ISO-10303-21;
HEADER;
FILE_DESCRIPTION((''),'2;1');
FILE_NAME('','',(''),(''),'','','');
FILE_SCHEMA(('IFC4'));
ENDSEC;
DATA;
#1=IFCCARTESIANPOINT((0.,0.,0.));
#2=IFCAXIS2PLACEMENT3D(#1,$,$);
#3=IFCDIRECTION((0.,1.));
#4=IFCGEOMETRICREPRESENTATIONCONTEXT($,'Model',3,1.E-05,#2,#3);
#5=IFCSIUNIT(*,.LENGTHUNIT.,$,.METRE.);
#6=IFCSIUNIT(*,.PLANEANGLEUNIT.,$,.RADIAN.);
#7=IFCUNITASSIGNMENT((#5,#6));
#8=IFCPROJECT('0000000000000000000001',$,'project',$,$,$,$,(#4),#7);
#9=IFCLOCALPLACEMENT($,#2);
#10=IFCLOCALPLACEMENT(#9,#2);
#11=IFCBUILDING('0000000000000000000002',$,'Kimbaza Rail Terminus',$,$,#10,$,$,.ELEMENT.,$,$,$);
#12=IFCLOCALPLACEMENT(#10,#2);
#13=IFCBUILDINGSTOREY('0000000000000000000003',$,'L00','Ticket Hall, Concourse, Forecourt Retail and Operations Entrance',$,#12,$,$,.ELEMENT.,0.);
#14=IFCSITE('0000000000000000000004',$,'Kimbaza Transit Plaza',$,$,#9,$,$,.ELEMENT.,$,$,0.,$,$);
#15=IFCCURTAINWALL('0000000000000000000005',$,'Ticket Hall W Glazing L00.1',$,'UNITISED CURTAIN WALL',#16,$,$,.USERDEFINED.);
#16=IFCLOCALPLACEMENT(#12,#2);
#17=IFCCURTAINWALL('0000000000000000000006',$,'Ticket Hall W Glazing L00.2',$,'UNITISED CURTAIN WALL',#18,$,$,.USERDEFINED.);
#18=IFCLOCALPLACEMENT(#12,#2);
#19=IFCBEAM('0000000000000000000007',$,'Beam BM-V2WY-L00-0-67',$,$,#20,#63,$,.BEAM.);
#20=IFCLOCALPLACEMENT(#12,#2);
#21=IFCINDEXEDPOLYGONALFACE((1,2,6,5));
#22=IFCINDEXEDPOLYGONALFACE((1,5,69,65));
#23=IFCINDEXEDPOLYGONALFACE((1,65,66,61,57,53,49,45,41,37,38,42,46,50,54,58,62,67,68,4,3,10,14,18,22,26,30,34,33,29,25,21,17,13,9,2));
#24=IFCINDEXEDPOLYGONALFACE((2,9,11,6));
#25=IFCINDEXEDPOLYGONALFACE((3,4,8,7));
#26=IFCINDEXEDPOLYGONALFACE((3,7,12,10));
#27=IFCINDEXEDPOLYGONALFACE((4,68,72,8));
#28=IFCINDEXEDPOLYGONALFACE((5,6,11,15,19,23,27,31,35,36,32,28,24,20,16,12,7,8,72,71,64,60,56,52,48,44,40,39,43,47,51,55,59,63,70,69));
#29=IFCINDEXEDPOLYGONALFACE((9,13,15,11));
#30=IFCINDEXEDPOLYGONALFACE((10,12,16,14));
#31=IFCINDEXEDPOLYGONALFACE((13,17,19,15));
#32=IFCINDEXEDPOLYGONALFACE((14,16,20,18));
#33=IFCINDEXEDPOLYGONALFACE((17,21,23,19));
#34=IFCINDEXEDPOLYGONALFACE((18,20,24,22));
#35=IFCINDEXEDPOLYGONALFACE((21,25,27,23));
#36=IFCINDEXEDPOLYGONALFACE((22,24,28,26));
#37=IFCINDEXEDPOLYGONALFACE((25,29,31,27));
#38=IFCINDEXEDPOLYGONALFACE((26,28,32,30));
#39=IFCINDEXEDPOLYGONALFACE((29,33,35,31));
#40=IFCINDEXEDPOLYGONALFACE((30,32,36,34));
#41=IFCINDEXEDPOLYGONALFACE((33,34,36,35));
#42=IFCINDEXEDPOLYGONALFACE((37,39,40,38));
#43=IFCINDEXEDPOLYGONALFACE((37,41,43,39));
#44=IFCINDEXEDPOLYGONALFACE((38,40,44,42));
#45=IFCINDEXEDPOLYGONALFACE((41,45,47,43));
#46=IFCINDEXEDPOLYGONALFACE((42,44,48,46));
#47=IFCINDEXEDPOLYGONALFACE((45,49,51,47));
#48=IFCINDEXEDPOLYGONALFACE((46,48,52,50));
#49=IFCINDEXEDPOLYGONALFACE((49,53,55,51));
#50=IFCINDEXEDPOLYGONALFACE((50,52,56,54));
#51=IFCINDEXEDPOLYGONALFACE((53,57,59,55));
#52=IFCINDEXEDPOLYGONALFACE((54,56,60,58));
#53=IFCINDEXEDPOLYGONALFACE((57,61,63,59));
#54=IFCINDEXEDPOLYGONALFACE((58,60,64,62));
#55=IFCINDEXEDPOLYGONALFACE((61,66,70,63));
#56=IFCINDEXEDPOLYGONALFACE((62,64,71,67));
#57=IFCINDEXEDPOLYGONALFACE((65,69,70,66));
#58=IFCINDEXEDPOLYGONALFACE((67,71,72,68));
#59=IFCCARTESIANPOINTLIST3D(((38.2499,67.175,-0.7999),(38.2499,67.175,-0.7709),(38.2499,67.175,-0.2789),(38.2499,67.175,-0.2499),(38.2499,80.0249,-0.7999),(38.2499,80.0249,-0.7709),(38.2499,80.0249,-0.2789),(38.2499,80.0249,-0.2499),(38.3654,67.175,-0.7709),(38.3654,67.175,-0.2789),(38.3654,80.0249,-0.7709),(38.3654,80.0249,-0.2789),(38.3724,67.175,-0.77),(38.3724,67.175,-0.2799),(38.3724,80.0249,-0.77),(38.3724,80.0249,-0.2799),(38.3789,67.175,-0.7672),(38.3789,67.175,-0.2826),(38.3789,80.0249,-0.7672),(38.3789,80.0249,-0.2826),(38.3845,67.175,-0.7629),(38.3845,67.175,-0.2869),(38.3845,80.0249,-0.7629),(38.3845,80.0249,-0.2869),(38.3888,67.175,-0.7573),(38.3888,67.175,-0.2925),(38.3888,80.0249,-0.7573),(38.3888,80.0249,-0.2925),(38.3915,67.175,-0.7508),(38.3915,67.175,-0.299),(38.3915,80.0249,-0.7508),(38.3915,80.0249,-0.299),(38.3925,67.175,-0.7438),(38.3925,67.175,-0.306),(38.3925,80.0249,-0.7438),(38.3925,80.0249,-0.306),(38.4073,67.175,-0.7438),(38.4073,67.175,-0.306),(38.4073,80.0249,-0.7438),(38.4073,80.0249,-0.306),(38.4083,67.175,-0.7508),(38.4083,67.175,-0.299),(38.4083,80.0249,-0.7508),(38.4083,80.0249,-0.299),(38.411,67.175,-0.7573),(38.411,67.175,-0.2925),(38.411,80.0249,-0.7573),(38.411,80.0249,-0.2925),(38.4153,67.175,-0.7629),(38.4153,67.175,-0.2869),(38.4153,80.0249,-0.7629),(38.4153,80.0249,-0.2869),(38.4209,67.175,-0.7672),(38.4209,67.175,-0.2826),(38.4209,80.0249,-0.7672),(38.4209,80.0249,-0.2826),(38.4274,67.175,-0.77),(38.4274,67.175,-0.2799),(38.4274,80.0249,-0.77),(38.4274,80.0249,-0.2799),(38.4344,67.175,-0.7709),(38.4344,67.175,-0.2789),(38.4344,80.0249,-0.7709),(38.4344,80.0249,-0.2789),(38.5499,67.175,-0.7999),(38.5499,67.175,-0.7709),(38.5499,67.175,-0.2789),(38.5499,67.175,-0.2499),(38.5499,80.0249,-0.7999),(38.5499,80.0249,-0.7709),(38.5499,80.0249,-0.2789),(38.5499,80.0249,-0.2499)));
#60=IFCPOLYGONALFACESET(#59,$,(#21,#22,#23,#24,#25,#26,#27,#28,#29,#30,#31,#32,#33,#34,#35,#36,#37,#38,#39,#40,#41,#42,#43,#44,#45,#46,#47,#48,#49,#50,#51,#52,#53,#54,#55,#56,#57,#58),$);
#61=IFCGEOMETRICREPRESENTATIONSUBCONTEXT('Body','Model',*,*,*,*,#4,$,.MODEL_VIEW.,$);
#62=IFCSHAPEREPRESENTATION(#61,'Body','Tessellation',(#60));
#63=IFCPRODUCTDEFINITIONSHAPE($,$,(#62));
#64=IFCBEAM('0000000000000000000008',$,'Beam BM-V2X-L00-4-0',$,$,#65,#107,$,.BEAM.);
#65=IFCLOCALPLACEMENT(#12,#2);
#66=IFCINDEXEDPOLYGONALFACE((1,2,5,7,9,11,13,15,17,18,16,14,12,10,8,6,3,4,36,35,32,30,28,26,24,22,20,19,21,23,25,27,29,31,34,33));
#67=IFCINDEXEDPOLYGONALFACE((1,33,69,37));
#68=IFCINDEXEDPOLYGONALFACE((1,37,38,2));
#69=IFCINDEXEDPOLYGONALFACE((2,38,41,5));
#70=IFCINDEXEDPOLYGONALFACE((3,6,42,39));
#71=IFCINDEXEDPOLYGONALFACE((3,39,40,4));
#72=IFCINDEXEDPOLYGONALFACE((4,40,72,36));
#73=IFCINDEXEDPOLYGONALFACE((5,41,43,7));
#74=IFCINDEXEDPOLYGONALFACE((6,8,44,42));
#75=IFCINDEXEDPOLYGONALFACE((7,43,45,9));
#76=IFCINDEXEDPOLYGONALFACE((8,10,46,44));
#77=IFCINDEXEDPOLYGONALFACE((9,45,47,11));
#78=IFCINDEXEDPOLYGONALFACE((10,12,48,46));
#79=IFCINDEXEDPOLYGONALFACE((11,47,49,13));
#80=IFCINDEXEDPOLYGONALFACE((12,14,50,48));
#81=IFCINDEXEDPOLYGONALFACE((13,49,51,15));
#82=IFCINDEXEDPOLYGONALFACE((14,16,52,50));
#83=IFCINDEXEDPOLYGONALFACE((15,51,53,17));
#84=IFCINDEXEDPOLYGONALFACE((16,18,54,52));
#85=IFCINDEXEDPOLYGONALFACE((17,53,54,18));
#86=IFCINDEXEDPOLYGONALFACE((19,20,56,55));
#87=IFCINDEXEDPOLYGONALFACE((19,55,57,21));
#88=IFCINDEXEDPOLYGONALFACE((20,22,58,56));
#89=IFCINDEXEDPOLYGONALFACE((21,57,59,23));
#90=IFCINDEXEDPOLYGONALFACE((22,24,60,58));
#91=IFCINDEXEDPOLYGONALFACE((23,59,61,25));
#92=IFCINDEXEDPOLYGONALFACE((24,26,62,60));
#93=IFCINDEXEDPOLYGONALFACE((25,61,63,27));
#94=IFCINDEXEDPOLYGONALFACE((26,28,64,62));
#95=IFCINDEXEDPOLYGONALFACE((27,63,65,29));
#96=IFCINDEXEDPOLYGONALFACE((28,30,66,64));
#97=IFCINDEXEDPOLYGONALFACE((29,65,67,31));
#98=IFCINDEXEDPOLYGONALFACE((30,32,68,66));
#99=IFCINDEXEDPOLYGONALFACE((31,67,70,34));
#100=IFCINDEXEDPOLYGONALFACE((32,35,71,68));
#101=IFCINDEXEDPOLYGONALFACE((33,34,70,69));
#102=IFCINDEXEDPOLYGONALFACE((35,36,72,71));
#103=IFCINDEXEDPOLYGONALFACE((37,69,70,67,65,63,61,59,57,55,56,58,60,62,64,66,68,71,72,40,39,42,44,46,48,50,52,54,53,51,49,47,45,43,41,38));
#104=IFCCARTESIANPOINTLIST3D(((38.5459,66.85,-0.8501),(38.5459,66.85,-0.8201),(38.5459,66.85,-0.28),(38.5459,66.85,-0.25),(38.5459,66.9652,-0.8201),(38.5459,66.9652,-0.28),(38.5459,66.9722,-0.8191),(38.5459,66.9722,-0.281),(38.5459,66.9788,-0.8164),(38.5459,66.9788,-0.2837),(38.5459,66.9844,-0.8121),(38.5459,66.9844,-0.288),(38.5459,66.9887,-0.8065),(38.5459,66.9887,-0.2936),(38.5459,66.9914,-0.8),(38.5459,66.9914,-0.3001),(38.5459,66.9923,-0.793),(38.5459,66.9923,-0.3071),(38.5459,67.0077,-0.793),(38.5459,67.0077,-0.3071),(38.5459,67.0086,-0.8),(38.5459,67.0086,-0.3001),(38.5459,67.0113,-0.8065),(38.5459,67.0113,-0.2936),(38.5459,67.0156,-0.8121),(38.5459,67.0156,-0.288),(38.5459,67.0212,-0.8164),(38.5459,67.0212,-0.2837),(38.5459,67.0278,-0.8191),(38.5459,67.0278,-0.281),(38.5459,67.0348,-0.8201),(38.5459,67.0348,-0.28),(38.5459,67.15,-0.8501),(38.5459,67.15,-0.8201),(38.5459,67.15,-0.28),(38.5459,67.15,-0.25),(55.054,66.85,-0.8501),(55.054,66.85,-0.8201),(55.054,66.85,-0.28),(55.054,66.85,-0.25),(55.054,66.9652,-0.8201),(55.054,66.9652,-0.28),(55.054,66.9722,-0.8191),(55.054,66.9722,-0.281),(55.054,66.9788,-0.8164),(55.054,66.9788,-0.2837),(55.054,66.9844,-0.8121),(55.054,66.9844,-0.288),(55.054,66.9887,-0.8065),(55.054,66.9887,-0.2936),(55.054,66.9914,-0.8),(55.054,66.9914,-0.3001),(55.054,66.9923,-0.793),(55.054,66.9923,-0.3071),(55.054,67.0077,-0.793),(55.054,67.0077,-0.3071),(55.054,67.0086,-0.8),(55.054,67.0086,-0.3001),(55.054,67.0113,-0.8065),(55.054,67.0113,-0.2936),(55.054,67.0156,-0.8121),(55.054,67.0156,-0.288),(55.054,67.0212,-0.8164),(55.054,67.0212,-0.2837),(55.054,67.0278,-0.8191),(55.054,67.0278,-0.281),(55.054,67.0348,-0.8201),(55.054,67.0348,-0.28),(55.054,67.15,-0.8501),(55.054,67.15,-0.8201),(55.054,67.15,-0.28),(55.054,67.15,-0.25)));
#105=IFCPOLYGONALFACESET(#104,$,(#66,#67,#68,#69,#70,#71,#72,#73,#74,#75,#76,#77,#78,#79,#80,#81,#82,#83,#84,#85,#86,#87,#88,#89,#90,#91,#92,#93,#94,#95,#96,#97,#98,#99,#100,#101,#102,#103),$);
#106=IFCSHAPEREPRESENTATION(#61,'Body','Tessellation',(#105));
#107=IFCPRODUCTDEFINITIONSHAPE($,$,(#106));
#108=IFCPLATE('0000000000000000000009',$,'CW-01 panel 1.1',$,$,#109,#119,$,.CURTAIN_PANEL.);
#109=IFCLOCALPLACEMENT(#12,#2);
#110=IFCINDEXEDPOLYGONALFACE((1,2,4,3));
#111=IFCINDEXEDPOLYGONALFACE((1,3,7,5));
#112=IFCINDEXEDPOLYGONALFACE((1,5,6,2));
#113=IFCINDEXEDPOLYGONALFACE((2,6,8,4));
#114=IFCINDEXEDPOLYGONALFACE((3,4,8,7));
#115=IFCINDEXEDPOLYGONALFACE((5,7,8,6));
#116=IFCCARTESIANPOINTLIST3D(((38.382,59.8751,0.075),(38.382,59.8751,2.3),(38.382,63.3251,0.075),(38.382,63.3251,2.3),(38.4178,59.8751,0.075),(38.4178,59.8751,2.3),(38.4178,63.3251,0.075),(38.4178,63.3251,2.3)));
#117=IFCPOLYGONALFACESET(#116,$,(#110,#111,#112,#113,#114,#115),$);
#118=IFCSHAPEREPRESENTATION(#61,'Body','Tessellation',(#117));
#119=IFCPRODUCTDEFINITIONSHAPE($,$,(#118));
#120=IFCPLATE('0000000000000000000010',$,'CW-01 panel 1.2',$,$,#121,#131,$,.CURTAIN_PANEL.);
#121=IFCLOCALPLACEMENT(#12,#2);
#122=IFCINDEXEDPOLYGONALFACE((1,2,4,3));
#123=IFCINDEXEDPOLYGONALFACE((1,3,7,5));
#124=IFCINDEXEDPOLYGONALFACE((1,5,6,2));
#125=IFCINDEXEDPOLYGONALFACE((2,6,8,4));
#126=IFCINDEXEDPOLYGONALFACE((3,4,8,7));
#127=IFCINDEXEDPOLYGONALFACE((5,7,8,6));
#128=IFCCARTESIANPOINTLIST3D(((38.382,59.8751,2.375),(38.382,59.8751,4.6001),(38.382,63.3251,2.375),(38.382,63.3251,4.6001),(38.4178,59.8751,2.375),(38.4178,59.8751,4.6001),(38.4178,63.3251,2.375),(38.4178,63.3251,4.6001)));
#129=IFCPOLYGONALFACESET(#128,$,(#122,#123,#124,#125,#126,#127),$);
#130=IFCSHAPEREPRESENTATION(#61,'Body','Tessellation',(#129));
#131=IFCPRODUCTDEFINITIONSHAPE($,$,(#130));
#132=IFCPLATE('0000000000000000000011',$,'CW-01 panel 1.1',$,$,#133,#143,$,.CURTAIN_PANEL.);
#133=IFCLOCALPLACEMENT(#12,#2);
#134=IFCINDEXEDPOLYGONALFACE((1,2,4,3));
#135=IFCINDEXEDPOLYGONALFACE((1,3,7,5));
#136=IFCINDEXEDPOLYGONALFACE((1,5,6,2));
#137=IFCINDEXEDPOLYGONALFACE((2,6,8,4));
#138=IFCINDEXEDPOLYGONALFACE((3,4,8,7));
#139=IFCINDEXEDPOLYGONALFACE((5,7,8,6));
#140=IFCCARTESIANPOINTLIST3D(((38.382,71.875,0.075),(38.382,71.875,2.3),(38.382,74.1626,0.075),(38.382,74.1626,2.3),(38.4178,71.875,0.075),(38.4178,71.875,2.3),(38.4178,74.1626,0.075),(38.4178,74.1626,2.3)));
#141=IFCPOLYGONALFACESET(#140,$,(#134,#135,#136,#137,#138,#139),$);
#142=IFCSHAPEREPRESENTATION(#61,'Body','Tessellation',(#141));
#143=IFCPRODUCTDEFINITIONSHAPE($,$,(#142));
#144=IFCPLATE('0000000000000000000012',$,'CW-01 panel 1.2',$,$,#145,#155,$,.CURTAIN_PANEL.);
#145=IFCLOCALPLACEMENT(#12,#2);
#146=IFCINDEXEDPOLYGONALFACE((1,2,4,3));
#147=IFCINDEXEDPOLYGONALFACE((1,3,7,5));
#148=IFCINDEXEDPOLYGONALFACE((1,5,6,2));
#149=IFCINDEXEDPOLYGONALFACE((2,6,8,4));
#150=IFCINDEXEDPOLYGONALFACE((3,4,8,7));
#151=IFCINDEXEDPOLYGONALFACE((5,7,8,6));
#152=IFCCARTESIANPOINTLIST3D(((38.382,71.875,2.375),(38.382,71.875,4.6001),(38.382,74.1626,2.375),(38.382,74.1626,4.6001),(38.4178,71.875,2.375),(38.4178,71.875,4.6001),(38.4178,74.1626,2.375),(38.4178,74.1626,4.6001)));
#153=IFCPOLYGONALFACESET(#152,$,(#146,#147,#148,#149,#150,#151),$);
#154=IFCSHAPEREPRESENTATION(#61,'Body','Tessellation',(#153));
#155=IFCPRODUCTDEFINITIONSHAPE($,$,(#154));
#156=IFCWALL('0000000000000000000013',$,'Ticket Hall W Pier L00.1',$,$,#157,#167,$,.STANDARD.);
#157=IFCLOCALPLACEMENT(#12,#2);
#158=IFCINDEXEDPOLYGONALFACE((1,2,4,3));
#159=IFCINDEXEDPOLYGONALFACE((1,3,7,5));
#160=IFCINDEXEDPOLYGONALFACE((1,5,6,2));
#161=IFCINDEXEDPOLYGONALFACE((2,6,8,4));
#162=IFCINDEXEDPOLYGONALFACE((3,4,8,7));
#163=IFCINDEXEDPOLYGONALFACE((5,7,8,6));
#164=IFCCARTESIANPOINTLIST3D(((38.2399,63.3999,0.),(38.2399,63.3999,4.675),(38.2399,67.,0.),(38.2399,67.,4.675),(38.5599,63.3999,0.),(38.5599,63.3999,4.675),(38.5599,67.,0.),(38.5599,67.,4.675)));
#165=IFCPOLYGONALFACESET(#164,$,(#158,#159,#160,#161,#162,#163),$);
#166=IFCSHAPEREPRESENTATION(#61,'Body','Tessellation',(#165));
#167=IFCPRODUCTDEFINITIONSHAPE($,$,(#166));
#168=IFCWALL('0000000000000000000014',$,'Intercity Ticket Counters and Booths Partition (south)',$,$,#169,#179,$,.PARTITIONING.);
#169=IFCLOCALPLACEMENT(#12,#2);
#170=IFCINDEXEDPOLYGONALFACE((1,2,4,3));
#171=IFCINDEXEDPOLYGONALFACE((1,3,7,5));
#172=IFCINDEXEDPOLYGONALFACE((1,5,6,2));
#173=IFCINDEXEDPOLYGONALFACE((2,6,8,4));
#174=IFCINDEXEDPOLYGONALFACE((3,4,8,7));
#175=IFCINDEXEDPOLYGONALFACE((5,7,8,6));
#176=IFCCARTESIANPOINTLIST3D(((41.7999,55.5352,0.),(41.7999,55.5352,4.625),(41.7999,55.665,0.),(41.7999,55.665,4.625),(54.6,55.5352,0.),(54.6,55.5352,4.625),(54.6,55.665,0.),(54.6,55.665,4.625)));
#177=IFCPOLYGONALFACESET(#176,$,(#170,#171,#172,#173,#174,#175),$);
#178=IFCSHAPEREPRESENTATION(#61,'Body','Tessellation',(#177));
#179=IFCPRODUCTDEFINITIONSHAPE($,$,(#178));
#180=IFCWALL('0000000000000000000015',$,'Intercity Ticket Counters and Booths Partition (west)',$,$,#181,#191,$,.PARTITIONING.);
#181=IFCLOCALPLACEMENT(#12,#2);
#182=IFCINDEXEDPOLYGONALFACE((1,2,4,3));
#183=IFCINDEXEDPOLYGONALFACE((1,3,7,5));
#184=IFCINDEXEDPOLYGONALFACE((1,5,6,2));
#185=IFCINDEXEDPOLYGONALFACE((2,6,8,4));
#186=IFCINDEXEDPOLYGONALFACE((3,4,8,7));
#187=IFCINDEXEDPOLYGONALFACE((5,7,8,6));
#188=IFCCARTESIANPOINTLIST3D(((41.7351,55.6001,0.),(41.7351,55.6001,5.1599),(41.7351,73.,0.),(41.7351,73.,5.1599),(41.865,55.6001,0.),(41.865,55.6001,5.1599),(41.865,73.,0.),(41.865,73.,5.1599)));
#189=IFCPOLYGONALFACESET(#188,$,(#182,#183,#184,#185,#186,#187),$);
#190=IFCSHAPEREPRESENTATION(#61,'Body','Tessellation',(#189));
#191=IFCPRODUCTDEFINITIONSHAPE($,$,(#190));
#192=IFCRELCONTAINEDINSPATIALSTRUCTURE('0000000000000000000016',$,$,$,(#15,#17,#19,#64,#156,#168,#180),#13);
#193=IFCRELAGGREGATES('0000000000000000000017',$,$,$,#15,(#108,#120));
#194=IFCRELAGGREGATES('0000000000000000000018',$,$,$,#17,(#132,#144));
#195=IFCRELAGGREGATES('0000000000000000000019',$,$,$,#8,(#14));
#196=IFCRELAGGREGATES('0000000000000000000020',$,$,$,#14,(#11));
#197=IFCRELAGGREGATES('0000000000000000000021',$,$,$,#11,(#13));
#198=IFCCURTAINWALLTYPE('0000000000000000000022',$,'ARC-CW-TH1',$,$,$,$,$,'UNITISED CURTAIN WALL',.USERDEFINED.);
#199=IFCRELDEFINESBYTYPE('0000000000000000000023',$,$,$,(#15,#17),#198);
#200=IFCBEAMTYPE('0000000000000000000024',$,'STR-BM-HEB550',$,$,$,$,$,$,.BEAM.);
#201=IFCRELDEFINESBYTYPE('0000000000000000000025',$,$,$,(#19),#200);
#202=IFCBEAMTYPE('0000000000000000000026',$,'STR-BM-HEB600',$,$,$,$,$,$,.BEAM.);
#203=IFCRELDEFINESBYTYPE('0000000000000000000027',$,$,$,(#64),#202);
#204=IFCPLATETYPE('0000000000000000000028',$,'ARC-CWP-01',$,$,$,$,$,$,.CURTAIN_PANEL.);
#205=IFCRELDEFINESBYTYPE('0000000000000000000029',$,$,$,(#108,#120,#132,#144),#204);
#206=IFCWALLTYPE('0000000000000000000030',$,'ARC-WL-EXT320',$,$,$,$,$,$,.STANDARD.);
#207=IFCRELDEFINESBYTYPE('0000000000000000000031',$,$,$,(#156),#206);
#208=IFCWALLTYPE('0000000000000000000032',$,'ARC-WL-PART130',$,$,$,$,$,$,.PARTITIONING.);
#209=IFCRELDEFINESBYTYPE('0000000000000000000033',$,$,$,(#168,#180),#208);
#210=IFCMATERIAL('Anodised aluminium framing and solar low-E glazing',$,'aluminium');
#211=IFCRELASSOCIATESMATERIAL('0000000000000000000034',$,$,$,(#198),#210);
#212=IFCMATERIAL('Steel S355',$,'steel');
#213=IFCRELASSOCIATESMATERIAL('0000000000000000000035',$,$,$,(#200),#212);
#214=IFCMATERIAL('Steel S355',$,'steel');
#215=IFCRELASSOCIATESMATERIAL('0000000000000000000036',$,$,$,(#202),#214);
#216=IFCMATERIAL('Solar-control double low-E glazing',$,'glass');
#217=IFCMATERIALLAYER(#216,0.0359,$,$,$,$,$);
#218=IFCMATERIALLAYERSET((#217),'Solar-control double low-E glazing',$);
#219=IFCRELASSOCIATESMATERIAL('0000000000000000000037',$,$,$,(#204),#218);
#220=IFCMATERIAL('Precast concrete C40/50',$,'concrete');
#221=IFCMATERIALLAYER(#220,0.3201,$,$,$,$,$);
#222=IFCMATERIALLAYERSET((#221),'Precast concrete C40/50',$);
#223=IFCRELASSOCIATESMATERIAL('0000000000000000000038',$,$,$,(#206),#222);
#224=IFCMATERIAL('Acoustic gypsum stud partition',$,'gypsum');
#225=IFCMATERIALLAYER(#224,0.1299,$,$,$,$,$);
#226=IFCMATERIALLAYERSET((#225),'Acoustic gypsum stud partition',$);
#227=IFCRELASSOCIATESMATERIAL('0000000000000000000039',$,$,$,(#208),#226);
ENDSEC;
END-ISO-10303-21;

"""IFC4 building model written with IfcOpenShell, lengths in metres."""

from ifc_helpers import new_model, si_unit, direction, frame, frame_2d, origin, origin_2d, place, context, subcontext, project, spatial, rectangle, i_section, extrude, material, layer, layer_set, material_profile, profile_set, type_object, element, aggregate, save


model = new_model("IFC4")

# Units and contexts
model_context = context("Model", 3, precision=1e-05, world=origin(), true_north=direction((0.0, 1.0)))
body_context = subcontext(model_context, "Body", "Model", "MODEL_VIEW")
ifc_project = project(units=[si_unit("LENGTHUNIT", "METRE"), si_unit("PLANEANGLEUNIT", "RADIAN")], contexts=[model_context])

# Site, building, storey
site_placement = place(None, origin())
site = spatial("IfcSite", under=ifc_project, at=site_placement, Name="Kimbaza Transit Plaza", CompositionType="ELEMENT", RefElevation=0.0)
building_placement = place(site_placement, origin())
building = spatial("IfcBuilding", under=site, at=building_placement, Name="Kimbaza Rail Terminus", CompositionType="ELEMENT")
storey_placement = place(building_placement, origin())
storey = spatial("IfcBuildingStorey", under=building, at=storey_placement, Name="L00", Description="Ticket Hall, Concourse, Forecourt Retail and Operations Entrance", CompositionType="ELEMENT", Elevation=0.0)

# Curtain walls
ifc_material_1 = material(Name="Anodised aluminium framing and solar low-E glazing", Category="aluminium")
curtain_wall_type = type_object("IfcCurtainWallType", Name="ARC-CW-TH1", ElementType="UNITISED CURTAIN WALL", PredefinedType="USERDEFINED", material=ifc_material_1)
curtain_wall_1_placement = place(storey_placement, origin())
curtain_wall_1 = element("IfcCurtainWall", 1, at=curtain_wall_1_placement, inside=storey, type_object=curtain_wall_type, Name="Ticket Hall W Glazing L00.1", ObjectType="UNITISED CURTAIN WALL", PredefinedType="USERDEFINED")
curtain_wall_2_placement = place(storey_placement, origin())
curtain_wall_2 = element("IfcCurtainWall", 2, at=curtain_wall_2_placement, inside=storey, type_object=curtain_wall_type, Name="Ticket Hall W Glazing L00.2", ObjectType="UNITISED CURTAIN WALL", PredefinedType="USERDEFINED")

# Beams
ifc_material_2 = material(Name="Steel S355", Category="steel")
ifc_material_profile_1 = material_profile(ifc_material_2, i_section(OverallWidth=0.3, OverallDepth=0.55, WebThickness=0.0149, FlangeThickness=0.0291, FilletRadius=0.0271, at=origin_2d()), Name="HEB 550")
ifc_profile_set_1 = profile_set([ifc_material_profile_1], Name="Steel S355")
beam_type_1 = type_object("IfcBeamType", Name="STR-BM-HEB550", PredefinedType="BEAM", material=ifc_profile_set_1)
beam_1_placement = place(storey_placement, frame((38.3999, 67.175, -0.5249), z_axis=(0.0, 1.0, 0.0), x_axis=(-1.0, 0.0, 0.0)))
element("IfcBeam", 3, at=beam_1_placement, inside=storey, type_object=beam_type_1, Name="Beam BM-V2WY-L00-0-67", PredefinedType="BEAM", context=body_context, shape_type="SweptSolid", body=[
    extrude(i_section(OverallWidth=0.3, OverallDepth=0.55, WebThickness=0.0149, FlangeThickness=0.0291, FilletRadius=0.0271, at=origin_2d()), origin(), (0.0, 0.0, 1.0), 12.8499),
])
ifc_material_3 = material(Name="Steel S355", Category="steel")
ifc_material_profile_2 = material_profile(ifc_material_3, i_section(OverallWidth=0.3, OverallDepth=0.6001, WebThickness=0.0154, FlangeThickness=0.03, FilletRadius=0.0271, at=origin_2d()), Name="HEB 600")
ifc_profile_set_2 = profile_set([ifc_material_profile_2], Name="Steel S355")
beam_type_2 = type_object("IfcBeamType", Name="STR-BM-HEB600", PredefinedType="BEAM", material=ifc_profile_set_2)
beam_2_placement = place(storey_placement, frame((38.5459, 67.0, -0.55), z_axis=(1.0, 0.0, 0.0), x_axis=(0.0, 1.0, 0.0)))
element("IfcBeam", 4, at=beam_2_placement, inside=storey, type_object=beam_type_2, Name="Beam BM-V2X-L00-4-0", PredefinedType="BEAM", context=body_context, shape_type="SweptSolid", body=[
    extrude(i_section(OverallWidth=0.3, OverallDepth=0.6001, WebThickness=0.0154, FlangeThickness=0.03, FilletRadius=0.0271, at=origin_2d()), origin(), (0.0, 0.0, 1.0), 16.5081),
])

# Plates
ifc_material_4 = material(Name="Solar-control double low-E glazing", Category="glass")
ifc_layer_1 = layer(ifc_material_4, 0.0359)
ifc_layer_set_1 = layer_set([ifc_layer_1], Name="Solar-control double low-E glazing")
plate_type = type_object("IfcPlateType", Name="ARC-CWP-01", PredefinedType="CURTAIN_PANEL", material=ifc_layer_set_1)
plate_1_placement = place(storey_placement, frame((38.3999, 61.6001, 0.075), z_axis=(0.0, 0.0, 1.0), x_axis=(0.0, 1.0, 0.0)))
plate_1 = element("IfcPlate", 5, at=plate_1_placement, type_object=plate_type, Name="CW-01 panel 1.1", PredefinedType="CURTAIN_PANEL", context=body_context, shape_type="SweptSolid", body=[
    extrude(rectangle(XDim=3.45, YDim=0.0359, at=origin_2d()), origin(), (0.0, 0.0, 1.0), 2.2251),
])
plate_2_placement = place(storey_placement, frame((38.3999, 61.6001, 2.375), z_axis=(0.0, 0.0, 1.0), x_axis=(0.0, 1.0, 0.0)))
plate_2 = element("IfcPlate", 6, at=plate_2_placement, type_object=plate_type, Name="CW-01 panel 1.2", PredefinedType="CURTAIN_PANEL", context=body_context, shape_type="SweptSolid", body=[
    extrude(rectangle(XDim=3.45, YDim=0.0359, at=origin_2d()), origin(), (0.0, 0.0, 1.0), 2.2251),
])
aggregate(curtain_wall_1, [plate_1, plate_2])
plate_3_placement = place(storey_placement, frame((38.3999, 73.0188, 0.075), z_axis=(0.0, 0.0, 1.0), x_axis=(0.0, 1.0, 0.0)))
plate_3 = element("IfcPlate", 7, at=plate_3_placement, type_object=plate_type, Name="CW-01 panel 1.1", PredefinedType="CURTAIN_PANEL", context=body_context, shape_type="SweptSolid", body=[
    extrude(rectangle(XDim=2.2876, YDim=0.0359, at=origin_2d()), origin(), (0.0, 0.0, 1.0), 2.2251),
])
plate_4_placement = place(storey_placement, frame((38.3999, 73.0188, 2.375), z_axis=(0.0, 0.0, 1.0), x_axis=(0.0, 1.0, 0.0)))
plate_4 = element("IfcPlate", 8, at=plate_4_placement, type_object=plate_type, Name="CW-01 panel 1.2", PredefinedType="CURTAIN_PANEL", context=body_context, shape_type="SweptSolid", body=[
    extrude(rectangle(XDim=2.2876, YDim=0.0359, at=origin_2d()), origin(), (0.0, 0.0, 1.0), 2.2251),
])
aggregate(curtain_wall_2, [plate_3, plate_4])

# Shared definitions
ifc_material_5 = material(Name="Precast concrete C40/50", Category="concrete")
ifc_layer_2 = layer(ifc_material_5, 0.3201)
ifc_layer_set_2 = layer_set([ifc_layer_2], Name="Precast concrete C40/50")
wall_type_1 = type_object("IfcWallType", Name="ARC-WL-EXT320", PredefinedType="STANDARD", material=ifc_layer_set_2)

# Wall
wall_1_placement = place(storey_placement, frame((38.3999, 63.3999, 0.0), z_axis=(0.0, 0.0, 1.0), x_axis=(0.0, 1.0, 0.0)))
element("IfcWall", 9, at=wall_1_placement, inside=storey, type_object=wall_type_1, Name="Ticket Hall W Pier L00.1", PredefinedType="STANDARD", context=body_context, shape_type="SweptSolid", body=[
    extrude(rectangle(XDim=3.6001, YDim=0.3201, at=frame_2d((1.8, 0.0))), origin(), (0.0, 0.0, 1.0), 4.675),
])

# Walls
ifc_material_6 = material(Name="Acoustic gypsum stud partition", Category="gypsum")
ifc_layer_3 = layer(ifc_material_6, 0.1299)
ifc_layer_set_3 = layer_set([ifc_layer_3], Name="Acoustic gypsum stud partition")
wall_type_2 = type_object("IfcWallType", Name="ARC-WL-PART130", PredefinedType="PARTITIONING", material=ifc_layer_set_3)
wall_2_placement = place(storey_placement, frame((41.8, 55.6001, 0.0), z_axis=(0.0, 0.0, 1.0), x_axis=(1.0, 0.0, 0.0)))
element("IfcWall", 10, at=wall_2_placement, inside=storey, type_object=wall_type_2, Name="Intercity Ticket Counters and Booths Partition (south)", PredefinedType="PARTITIONING", context=body_context, shape_type="SweptSolid", body=[
    extrude(rectangle(XDim=12.8, YDim=0.1299, at=frame_2d((6.3999, 0.0))), origin(), (0.0, 0.0, 1.0), 4.625),
])
wall_3_placement = place(storey_placement, frame((41.8, 73.0, 0.0), z_axis=(0.0, 0.0, 1.0), x_axis=(0.0, -1.0, 0.0)))
element("IfcWall", 11, at=wall_3_placement, inside=storey, type_object=wall_type_2, Name="Intercity Ticket Counters and Booths Partition (west)", PredefinedType="PARTITIONING", context=body_context, shape_type="SweptSolid", body=[
    extrude(rectangle(XDim=17.3999, YDim=0.1299, at=frame_2d((8.7, 0.0))), origin(), (0.0, 0.0, 1.0), 5.1599),
])

save(model, "model.ifc")
